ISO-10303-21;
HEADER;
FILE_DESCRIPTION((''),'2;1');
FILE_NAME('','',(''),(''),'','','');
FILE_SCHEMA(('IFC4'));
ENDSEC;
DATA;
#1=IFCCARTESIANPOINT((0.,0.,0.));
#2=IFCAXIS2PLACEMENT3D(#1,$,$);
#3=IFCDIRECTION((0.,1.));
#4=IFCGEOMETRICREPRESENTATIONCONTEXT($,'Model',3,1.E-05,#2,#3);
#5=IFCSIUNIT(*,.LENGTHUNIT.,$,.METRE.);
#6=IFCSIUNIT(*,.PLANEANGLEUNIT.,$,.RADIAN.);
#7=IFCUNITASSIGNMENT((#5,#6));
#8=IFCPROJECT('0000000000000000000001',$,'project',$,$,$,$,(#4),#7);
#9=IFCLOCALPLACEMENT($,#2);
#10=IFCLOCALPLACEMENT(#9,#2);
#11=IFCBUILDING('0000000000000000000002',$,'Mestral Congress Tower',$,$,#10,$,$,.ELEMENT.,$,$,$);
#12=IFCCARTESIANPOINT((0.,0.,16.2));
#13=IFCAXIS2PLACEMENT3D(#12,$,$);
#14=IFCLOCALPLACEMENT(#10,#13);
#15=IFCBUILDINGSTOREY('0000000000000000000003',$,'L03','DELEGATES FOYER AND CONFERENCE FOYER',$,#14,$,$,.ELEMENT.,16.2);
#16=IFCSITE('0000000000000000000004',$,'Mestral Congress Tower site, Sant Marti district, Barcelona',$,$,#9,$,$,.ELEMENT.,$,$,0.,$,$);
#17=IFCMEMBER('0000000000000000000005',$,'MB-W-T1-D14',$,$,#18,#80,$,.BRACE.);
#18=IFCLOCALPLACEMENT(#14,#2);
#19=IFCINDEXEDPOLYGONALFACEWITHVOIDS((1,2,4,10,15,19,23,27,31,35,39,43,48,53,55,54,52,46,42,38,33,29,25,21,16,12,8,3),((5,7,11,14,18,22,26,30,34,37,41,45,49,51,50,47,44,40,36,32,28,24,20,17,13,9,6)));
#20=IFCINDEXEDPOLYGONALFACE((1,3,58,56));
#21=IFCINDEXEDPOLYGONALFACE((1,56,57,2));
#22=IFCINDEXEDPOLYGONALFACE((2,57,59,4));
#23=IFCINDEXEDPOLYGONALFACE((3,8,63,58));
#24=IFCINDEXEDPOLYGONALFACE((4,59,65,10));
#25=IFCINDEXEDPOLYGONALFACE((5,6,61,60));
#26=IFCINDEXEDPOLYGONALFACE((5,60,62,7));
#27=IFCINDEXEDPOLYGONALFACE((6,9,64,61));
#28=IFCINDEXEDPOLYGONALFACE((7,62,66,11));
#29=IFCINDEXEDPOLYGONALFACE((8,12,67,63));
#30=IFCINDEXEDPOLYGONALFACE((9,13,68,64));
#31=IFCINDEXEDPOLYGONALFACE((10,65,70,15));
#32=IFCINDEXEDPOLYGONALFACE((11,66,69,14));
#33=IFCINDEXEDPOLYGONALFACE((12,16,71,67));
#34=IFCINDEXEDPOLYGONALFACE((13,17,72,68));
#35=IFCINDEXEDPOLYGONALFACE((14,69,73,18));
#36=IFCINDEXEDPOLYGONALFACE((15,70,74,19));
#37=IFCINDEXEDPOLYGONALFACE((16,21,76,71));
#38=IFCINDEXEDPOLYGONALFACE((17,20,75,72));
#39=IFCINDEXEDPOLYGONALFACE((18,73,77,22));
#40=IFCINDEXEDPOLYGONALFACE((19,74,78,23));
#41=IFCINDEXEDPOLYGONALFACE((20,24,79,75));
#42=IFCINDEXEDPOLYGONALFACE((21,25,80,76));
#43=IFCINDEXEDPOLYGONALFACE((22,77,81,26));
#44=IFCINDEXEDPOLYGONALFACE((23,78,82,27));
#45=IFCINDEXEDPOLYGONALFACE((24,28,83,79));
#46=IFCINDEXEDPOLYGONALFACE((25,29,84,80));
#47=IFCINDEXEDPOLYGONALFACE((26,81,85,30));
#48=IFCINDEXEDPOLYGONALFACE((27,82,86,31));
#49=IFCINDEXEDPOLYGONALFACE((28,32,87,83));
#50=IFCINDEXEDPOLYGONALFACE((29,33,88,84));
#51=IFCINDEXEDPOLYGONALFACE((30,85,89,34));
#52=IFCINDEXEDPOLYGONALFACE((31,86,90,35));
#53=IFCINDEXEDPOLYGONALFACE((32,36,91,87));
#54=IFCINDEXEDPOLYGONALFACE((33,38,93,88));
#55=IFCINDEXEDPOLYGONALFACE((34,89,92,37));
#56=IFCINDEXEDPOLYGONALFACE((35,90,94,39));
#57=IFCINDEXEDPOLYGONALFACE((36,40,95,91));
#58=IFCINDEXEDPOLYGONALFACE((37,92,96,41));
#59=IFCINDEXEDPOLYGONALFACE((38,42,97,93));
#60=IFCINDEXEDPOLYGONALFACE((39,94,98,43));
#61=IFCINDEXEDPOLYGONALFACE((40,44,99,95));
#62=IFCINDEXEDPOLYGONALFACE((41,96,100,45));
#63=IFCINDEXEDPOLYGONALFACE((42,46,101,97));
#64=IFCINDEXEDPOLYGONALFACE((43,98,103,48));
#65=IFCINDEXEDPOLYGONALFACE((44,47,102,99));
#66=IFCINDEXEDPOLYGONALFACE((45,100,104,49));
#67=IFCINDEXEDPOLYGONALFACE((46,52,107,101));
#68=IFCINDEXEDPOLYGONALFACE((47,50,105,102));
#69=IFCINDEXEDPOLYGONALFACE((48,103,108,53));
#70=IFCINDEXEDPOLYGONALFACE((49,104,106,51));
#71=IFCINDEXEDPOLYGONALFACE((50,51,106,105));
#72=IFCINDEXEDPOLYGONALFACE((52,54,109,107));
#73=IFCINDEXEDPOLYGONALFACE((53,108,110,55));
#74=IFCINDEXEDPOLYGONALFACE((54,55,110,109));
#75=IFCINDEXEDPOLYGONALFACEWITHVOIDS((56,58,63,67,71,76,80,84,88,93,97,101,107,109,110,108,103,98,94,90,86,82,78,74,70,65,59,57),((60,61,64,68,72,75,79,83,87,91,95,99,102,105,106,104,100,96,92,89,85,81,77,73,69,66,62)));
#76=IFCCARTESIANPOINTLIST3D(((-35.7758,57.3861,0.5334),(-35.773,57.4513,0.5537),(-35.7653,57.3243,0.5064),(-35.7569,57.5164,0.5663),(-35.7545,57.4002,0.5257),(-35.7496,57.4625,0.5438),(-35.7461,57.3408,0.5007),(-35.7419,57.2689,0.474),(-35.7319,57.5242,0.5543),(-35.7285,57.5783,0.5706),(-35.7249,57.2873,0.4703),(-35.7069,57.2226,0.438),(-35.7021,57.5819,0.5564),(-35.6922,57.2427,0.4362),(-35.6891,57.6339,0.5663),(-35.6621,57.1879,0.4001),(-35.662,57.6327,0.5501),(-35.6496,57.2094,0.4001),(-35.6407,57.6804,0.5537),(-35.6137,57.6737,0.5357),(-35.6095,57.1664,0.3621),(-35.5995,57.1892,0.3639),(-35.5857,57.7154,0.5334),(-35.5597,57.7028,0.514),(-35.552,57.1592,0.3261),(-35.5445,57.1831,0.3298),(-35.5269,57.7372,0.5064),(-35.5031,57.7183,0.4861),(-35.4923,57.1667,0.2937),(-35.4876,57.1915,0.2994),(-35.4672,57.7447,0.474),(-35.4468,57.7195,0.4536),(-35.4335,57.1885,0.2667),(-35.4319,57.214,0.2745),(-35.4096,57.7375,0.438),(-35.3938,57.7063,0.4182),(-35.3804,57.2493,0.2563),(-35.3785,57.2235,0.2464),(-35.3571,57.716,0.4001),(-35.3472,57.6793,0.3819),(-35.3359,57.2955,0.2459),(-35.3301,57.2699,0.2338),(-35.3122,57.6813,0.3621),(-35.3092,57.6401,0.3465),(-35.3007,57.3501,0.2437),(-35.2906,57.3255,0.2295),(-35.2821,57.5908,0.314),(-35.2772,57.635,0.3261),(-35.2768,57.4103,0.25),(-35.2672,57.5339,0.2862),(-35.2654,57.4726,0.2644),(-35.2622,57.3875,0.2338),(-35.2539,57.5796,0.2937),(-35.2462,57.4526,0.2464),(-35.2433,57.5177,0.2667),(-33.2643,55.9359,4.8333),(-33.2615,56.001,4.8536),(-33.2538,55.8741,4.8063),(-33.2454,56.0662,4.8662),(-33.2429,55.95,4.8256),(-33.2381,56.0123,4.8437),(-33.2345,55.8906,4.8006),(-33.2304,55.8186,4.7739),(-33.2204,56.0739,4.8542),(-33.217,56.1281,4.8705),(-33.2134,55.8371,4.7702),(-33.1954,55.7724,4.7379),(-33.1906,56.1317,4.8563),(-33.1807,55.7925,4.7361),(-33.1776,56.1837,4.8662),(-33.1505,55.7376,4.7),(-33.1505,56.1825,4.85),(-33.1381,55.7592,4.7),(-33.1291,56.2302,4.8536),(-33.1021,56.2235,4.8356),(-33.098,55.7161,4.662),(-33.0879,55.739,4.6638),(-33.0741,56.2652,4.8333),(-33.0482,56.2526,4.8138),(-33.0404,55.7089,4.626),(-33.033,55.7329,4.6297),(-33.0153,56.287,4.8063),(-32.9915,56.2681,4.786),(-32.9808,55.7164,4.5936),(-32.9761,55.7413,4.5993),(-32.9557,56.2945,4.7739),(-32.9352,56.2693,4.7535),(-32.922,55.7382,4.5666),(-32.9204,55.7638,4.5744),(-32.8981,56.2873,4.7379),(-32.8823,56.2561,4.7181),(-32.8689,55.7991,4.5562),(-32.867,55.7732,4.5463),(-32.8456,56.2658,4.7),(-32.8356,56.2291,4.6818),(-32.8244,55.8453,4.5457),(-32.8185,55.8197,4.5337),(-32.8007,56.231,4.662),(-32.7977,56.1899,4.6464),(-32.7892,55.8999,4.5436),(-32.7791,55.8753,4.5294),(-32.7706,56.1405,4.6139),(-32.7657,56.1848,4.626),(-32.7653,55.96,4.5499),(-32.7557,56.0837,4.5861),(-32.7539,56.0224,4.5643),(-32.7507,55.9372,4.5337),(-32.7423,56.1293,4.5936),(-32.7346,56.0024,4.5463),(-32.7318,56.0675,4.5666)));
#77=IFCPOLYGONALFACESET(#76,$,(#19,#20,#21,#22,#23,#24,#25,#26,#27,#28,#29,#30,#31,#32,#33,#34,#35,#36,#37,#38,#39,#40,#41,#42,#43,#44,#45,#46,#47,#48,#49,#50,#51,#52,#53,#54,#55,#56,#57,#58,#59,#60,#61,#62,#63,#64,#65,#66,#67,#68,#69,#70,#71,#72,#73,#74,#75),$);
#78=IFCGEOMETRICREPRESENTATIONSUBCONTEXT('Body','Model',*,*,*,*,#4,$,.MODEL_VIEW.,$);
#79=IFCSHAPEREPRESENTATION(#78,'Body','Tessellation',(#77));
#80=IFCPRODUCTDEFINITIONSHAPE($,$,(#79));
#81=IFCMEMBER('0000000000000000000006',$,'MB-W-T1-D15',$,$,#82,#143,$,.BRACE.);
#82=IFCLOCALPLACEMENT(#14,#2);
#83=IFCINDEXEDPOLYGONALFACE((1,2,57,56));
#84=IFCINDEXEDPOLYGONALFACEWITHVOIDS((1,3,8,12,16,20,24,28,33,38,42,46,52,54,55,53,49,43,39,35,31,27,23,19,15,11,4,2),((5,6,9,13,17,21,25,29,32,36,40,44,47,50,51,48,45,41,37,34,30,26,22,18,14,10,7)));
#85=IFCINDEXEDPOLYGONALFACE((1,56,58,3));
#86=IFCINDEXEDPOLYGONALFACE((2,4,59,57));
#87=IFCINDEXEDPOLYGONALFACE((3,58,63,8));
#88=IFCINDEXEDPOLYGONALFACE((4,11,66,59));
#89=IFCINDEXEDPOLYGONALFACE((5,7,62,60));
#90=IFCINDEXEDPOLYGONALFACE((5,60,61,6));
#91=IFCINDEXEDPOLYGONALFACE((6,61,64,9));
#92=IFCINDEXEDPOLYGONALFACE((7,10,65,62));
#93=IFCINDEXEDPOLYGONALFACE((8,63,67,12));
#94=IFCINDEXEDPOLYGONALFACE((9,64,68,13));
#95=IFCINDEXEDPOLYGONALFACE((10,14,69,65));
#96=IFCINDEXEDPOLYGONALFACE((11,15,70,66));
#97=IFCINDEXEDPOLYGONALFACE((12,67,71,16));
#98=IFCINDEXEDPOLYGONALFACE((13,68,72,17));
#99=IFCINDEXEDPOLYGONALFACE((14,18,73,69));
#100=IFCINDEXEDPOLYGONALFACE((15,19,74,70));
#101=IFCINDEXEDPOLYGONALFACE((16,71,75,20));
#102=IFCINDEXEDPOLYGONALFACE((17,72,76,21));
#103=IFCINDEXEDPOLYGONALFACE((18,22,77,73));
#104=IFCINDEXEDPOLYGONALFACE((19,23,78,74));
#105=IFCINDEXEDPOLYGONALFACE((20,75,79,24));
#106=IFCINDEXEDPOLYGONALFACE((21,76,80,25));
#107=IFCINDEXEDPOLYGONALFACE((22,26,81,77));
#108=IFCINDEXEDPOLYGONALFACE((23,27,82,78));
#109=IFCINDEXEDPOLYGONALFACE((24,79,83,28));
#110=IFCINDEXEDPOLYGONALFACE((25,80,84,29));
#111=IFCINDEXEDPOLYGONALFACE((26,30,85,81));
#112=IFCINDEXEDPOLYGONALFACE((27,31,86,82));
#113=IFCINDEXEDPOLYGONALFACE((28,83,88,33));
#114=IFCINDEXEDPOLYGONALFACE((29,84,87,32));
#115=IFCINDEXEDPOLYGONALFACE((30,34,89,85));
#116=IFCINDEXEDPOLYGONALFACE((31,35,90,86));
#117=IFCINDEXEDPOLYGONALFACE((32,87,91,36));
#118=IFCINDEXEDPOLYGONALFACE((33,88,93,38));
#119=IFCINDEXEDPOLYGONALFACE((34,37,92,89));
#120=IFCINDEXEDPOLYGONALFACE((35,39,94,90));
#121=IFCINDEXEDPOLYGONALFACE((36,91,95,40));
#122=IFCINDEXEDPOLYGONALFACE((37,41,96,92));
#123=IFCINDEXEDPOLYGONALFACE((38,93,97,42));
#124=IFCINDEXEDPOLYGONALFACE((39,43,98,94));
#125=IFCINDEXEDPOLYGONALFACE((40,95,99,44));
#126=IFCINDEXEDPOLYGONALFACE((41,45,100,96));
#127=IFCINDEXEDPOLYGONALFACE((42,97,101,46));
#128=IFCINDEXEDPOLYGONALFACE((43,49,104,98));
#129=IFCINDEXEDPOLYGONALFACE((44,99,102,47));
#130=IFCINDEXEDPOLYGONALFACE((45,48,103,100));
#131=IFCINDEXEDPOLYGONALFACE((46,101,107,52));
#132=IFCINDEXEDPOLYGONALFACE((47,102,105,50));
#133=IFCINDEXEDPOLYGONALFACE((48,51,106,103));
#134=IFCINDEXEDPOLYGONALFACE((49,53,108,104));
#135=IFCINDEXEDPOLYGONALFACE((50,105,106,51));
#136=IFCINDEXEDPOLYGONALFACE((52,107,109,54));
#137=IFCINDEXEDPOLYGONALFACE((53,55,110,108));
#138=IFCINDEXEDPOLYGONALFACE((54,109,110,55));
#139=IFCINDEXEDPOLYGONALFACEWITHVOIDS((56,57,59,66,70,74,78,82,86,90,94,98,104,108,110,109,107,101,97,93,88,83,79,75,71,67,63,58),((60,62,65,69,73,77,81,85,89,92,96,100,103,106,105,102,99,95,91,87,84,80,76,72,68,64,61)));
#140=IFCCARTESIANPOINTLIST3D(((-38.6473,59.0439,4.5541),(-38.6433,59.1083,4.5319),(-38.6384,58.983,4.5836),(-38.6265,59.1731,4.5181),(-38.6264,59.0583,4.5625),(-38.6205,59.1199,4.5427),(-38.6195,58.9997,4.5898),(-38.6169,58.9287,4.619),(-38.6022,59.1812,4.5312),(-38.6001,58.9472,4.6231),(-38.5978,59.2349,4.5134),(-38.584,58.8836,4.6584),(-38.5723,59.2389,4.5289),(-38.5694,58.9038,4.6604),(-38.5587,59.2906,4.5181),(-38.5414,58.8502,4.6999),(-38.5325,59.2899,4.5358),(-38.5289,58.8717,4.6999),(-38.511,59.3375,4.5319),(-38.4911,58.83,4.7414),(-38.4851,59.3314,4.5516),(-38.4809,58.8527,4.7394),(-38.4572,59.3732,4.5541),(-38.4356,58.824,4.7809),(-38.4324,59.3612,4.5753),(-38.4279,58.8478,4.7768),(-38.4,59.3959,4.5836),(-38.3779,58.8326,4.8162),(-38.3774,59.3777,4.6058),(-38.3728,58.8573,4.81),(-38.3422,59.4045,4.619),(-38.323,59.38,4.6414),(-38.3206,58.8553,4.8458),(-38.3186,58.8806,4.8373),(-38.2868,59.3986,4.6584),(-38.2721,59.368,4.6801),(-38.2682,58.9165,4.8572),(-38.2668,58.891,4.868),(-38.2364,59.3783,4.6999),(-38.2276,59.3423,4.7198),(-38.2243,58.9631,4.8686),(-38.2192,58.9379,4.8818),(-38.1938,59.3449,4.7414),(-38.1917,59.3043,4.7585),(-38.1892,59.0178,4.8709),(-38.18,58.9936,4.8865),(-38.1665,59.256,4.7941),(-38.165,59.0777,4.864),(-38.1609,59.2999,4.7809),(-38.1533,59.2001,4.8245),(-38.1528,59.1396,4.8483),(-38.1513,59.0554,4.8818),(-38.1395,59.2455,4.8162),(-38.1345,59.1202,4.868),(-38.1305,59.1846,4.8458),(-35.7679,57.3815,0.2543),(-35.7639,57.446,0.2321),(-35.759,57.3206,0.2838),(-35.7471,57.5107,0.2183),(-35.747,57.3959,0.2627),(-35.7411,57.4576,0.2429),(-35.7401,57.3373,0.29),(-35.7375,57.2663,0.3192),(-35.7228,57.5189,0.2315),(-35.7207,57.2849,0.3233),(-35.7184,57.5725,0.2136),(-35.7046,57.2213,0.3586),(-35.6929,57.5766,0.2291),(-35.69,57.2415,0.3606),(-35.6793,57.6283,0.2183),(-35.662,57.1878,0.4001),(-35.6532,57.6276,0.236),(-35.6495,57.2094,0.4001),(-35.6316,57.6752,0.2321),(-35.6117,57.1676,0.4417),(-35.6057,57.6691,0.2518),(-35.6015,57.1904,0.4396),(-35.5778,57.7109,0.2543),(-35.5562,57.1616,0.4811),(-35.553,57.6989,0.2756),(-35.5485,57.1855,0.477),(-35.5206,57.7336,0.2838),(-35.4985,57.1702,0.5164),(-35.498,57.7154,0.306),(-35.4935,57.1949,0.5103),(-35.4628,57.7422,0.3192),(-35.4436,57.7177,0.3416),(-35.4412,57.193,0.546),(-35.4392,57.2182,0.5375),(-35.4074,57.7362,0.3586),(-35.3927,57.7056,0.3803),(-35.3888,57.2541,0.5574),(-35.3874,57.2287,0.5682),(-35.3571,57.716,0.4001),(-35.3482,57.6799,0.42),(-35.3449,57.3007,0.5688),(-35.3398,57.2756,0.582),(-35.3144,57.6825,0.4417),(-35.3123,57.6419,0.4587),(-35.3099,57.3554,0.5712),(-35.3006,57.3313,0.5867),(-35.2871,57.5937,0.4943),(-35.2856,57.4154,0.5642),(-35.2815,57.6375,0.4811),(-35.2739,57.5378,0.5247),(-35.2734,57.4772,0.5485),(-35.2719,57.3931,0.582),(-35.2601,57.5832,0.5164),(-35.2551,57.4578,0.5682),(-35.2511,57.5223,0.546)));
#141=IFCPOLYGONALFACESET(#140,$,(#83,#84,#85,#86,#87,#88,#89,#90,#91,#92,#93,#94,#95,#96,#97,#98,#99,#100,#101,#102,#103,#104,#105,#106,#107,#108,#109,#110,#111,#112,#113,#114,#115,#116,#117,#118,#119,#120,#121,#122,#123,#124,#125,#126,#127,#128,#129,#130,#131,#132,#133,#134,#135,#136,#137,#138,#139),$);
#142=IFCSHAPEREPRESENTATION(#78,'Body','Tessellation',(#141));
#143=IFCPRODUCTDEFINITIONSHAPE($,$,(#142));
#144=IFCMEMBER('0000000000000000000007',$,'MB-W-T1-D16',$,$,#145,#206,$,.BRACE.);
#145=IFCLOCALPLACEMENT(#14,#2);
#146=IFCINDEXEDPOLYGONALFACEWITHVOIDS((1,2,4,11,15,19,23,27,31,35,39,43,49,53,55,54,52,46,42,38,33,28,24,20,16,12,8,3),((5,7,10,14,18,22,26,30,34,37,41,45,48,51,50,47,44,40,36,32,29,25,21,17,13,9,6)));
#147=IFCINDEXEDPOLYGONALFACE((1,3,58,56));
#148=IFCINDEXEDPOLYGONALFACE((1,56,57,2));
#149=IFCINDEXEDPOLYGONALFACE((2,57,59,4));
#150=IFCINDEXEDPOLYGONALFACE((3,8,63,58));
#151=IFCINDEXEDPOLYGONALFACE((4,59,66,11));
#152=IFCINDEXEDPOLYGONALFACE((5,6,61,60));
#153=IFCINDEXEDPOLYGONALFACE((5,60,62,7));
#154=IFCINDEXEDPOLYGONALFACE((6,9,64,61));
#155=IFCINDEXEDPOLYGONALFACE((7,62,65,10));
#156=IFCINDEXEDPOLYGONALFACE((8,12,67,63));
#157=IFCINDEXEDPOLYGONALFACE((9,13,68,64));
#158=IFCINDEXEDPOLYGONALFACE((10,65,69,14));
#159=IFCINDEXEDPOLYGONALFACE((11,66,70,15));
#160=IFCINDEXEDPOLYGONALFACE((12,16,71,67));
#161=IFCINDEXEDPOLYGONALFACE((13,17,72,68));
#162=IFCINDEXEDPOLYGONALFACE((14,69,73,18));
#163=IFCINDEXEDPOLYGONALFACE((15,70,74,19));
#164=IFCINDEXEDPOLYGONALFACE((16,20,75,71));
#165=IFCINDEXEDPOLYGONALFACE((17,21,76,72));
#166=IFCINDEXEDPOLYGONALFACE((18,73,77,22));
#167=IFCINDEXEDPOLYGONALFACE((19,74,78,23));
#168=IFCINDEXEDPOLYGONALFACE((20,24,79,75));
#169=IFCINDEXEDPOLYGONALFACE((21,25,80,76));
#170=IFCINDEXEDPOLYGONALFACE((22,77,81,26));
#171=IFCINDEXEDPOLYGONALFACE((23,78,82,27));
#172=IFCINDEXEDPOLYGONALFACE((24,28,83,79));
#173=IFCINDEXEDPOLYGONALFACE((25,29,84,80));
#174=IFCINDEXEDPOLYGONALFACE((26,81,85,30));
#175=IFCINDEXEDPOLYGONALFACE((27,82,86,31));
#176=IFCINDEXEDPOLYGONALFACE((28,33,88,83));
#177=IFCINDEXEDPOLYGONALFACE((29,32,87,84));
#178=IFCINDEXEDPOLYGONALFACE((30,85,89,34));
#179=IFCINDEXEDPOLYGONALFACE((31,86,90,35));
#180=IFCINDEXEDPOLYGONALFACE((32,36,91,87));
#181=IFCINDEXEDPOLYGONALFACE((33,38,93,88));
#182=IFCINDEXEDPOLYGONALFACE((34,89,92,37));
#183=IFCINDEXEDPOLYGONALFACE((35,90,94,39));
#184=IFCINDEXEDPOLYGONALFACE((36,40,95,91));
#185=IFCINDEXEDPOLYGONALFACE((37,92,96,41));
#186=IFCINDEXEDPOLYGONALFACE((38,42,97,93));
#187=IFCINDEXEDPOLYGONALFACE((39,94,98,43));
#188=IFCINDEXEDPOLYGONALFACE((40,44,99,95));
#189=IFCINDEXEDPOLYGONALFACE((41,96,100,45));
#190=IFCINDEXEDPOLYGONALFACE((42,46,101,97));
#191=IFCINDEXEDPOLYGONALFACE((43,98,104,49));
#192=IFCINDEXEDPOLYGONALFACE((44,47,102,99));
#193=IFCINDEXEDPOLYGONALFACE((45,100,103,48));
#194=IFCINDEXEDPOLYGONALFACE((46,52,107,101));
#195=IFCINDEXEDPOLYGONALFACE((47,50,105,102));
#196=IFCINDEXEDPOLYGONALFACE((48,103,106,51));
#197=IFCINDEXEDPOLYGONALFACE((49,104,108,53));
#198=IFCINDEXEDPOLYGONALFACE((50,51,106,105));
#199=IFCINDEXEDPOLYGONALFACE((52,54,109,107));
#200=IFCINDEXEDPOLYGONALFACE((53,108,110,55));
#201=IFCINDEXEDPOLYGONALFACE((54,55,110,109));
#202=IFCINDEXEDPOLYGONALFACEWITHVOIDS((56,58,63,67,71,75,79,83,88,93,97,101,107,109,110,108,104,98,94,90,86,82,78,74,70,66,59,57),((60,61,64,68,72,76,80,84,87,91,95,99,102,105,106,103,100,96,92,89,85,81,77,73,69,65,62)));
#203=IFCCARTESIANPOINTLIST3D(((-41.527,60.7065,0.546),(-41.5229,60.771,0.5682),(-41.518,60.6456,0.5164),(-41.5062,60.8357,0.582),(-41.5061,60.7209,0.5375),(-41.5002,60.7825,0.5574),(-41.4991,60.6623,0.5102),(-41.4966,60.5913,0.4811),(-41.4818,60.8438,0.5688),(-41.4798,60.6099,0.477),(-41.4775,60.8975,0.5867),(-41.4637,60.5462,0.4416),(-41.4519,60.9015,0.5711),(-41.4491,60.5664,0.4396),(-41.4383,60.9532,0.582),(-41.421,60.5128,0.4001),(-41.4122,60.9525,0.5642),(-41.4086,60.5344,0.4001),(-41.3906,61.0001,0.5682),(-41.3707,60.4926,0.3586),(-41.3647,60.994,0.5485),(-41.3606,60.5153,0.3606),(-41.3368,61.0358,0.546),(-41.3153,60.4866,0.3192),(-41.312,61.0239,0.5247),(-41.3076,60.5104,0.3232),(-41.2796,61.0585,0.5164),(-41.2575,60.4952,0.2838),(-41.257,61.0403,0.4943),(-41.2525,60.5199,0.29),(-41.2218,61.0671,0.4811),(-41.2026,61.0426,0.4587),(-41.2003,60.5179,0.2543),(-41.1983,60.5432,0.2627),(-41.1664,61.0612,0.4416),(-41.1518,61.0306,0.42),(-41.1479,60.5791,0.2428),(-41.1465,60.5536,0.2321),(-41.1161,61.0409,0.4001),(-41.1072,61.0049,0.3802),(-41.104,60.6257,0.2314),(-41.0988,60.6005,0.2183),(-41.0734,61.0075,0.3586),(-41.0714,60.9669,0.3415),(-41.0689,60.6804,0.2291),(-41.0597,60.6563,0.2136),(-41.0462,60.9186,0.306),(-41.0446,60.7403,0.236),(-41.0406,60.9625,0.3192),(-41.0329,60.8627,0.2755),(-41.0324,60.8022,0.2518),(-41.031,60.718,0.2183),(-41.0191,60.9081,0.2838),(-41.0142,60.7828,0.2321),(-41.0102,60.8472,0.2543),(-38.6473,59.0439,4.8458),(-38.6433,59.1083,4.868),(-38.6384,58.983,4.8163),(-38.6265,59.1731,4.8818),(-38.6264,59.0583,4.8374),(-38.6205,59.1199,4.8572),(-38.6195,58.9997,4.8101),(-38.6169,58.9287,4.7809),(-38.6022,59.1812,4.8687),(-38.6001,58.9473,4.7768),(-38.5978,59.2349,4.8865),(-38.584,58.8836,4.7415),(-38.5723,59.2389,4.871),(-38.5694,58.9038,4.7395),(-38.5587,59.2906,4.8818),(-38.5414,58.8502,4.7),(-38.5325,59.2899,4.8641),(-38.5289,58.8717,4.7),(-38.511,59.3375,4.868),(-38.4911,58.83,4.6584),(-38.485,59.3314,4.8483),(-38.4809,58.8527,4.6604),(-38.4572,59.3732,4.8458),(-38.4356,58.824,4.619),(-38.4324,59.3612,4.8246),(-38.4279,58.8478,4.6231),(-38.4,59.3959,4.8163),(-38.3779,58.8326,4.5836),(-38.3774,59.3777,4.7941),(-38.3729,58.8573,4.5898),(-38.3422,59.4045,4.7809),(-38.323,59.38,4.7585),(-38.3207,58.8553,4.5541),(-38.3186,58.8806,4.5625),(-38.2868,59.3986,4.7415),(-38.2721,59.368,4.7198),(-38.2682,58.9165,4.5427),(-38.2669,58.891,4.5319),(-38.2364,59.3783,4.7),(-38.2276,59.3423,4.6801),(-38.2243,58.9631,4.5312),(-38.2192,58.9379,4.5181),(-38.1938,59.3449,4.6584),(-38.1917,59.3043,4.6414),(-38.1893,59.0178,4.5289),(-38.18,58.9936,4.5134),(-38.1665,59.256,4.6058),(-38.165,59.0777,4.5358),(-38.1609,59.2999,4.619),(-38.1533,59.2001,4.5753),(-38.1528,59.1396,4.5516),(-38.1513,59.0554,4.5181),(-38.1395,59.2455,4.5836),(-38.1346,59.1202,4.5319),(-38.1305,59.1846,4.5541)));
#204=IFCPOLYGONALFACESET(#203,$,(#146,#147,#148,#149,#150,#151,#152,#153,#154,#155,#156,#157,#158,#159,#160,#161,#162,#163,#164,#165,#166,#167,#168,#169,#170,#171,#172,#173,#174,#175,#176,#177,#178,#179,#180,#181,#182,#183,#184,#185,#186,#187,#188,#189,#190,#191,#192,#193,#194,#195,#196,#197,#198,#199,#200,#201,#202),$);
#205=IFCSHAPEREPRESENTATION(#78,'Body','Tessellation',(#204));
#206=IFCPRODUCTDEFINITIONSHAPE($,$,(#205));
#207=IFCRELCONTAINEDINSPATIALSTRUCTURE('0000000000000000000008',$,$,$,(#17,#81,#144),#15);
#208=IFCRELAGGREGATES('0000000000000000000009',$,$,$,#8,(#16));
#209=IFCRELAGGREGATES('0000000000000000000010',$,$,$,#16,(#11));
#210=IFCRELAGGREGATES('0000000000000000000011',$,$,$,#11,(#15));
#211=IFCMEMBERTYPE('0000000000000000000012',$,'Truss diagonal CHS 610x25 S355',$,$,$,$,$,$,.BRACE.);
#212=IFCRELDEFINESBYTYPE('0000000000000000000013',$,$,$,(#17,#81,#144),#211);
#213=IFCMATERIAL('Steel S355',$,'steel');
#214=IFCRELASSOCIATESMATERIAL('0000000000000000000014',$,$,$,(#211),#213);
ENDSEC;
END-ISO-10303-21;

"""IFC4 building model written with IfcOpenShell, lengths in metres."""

from ifc_helpers import new_model, si_unit, direction, frame, origin, origin_2d, place, context, subcontext, project, spatial, hollow_circle, extrude, material, material_profile, profile_set, type_object, element, save


model = new_model("IFC4")

# Units and contexts
model_context = context("Model", 3, precision=1e-05, world=origin(), true_north=direction((0.0, 1.0)))
body_context = subcontext(model_context, "Body", "Model", "MODEL_VIEW")
ifc_project = project(units=[si_unit("LENGTHUNIT", "METRE"), si_unit("PLANEANGLEUNIT", "RADIAN")], contexts=[model_context])

# Site, building, storey
site_placement = place(None, origin())
site = spatial("IfcSite", under=ifc_project, at=site_placement, Name="Mestral Congress Tower site, Sant Marti district, Barcelona", CompositionType="ELEMENT", RefElevation=0.0)
building_placement = place(site_placement, origin())
building = spatial("IfcBuilding", under=site, at=building_placement, Name="Mestral Congress Tower", CompositionType="ELEMENT")
storey_placement = place(building_placement, frame((0.0, 0.0, 16.2)))
storey = spatial("IfcBuildingStorey", under=building, at=storey_placement, Name="L03", Description="DELEGATES FOYER AND CONFERENCE FOYER", CompositionType="ELEMENT", Elevation=16.2)

# Shared definitions
ifc_material_1 = material(Name="Steel S355", Category="steel")

# Members
ifc_material_profile_1 = material_profile(ifc_material_1, hollow_circle(Radius=0.3049, WallThickness=0.0249, at=origin_2d()), Name="CHS 610x25")
ifc_profile_set_1 = profile_set([ifc_material_profile_1], Name="Steel S355")
member_type_1 = type_object("IfcMemberType", Name="Truss diagonal CHS 610x25 S355", PredefinedType="BRACE", material=ifc_profile_set_1)
member_1_placement = place(storey_placement, frame((-32.998, 56.0017, 4.7), z_axis=(-0.484241, 0.279614, -0.829052), x_axis=(-0.50005, -0.865996, 0.0)))
element("IfcMember", 1, at=member_1_placement, inside=storey, type_object=member_type_1, Name="MB-W-T1-D14", PredefinedType="BRACE", context=body_context, shape_type="SweptSolid", body=[
    extrude(hollow_circle(Radius=0.3049, WallThickness=0.0249, at=origin_2d()), origin(), (0.0, 0.0, 1.0), 5.1865),
])
member_2_placement = place(storey_placement, frame((-35.5095, 57.4519, 0.4001), z_axis=(-0.529757, 0.305843, 0.791087), x_axis=(-0.499985, -0.866034, 0.0)))
element("IfcMember", 2, at=member_2_placement, inside=storey, type_object=member_type_1, Name="MB-W-T1-D15", PredefinedType="BRACE", context=body_context, shape_type="SweptSolid", body=[
    extrude(hollow_circle(Radius=0.3049, WallThickness=0.0249, at=origin_2d()), origin(), (0.0, 0.0, 1.0), 5.4353),
])
member_3_placement = place(storey_placement, frame((-38.3889, 59.1143, 4.7), z_axis=(-0.529782, 0.305877, -0.791057), x_axis=(-0.500008, -0.866021, 0.0)))
element("IfcMember", 3, at=member_3_placement, inside=storey, type_object=member_type_1, Name="MB-W-T1-D16", PredefinedType="BRACE", context=body_context, shape_type="SweptSolid", body=[
    extrude(hollow_circle(Radius=0.3049, WallThickness=0.0249, at=origin_2d()), origin(), (0.0, 0.0, 1.0), 5.4355),
])

save(model, "model.ifc")
